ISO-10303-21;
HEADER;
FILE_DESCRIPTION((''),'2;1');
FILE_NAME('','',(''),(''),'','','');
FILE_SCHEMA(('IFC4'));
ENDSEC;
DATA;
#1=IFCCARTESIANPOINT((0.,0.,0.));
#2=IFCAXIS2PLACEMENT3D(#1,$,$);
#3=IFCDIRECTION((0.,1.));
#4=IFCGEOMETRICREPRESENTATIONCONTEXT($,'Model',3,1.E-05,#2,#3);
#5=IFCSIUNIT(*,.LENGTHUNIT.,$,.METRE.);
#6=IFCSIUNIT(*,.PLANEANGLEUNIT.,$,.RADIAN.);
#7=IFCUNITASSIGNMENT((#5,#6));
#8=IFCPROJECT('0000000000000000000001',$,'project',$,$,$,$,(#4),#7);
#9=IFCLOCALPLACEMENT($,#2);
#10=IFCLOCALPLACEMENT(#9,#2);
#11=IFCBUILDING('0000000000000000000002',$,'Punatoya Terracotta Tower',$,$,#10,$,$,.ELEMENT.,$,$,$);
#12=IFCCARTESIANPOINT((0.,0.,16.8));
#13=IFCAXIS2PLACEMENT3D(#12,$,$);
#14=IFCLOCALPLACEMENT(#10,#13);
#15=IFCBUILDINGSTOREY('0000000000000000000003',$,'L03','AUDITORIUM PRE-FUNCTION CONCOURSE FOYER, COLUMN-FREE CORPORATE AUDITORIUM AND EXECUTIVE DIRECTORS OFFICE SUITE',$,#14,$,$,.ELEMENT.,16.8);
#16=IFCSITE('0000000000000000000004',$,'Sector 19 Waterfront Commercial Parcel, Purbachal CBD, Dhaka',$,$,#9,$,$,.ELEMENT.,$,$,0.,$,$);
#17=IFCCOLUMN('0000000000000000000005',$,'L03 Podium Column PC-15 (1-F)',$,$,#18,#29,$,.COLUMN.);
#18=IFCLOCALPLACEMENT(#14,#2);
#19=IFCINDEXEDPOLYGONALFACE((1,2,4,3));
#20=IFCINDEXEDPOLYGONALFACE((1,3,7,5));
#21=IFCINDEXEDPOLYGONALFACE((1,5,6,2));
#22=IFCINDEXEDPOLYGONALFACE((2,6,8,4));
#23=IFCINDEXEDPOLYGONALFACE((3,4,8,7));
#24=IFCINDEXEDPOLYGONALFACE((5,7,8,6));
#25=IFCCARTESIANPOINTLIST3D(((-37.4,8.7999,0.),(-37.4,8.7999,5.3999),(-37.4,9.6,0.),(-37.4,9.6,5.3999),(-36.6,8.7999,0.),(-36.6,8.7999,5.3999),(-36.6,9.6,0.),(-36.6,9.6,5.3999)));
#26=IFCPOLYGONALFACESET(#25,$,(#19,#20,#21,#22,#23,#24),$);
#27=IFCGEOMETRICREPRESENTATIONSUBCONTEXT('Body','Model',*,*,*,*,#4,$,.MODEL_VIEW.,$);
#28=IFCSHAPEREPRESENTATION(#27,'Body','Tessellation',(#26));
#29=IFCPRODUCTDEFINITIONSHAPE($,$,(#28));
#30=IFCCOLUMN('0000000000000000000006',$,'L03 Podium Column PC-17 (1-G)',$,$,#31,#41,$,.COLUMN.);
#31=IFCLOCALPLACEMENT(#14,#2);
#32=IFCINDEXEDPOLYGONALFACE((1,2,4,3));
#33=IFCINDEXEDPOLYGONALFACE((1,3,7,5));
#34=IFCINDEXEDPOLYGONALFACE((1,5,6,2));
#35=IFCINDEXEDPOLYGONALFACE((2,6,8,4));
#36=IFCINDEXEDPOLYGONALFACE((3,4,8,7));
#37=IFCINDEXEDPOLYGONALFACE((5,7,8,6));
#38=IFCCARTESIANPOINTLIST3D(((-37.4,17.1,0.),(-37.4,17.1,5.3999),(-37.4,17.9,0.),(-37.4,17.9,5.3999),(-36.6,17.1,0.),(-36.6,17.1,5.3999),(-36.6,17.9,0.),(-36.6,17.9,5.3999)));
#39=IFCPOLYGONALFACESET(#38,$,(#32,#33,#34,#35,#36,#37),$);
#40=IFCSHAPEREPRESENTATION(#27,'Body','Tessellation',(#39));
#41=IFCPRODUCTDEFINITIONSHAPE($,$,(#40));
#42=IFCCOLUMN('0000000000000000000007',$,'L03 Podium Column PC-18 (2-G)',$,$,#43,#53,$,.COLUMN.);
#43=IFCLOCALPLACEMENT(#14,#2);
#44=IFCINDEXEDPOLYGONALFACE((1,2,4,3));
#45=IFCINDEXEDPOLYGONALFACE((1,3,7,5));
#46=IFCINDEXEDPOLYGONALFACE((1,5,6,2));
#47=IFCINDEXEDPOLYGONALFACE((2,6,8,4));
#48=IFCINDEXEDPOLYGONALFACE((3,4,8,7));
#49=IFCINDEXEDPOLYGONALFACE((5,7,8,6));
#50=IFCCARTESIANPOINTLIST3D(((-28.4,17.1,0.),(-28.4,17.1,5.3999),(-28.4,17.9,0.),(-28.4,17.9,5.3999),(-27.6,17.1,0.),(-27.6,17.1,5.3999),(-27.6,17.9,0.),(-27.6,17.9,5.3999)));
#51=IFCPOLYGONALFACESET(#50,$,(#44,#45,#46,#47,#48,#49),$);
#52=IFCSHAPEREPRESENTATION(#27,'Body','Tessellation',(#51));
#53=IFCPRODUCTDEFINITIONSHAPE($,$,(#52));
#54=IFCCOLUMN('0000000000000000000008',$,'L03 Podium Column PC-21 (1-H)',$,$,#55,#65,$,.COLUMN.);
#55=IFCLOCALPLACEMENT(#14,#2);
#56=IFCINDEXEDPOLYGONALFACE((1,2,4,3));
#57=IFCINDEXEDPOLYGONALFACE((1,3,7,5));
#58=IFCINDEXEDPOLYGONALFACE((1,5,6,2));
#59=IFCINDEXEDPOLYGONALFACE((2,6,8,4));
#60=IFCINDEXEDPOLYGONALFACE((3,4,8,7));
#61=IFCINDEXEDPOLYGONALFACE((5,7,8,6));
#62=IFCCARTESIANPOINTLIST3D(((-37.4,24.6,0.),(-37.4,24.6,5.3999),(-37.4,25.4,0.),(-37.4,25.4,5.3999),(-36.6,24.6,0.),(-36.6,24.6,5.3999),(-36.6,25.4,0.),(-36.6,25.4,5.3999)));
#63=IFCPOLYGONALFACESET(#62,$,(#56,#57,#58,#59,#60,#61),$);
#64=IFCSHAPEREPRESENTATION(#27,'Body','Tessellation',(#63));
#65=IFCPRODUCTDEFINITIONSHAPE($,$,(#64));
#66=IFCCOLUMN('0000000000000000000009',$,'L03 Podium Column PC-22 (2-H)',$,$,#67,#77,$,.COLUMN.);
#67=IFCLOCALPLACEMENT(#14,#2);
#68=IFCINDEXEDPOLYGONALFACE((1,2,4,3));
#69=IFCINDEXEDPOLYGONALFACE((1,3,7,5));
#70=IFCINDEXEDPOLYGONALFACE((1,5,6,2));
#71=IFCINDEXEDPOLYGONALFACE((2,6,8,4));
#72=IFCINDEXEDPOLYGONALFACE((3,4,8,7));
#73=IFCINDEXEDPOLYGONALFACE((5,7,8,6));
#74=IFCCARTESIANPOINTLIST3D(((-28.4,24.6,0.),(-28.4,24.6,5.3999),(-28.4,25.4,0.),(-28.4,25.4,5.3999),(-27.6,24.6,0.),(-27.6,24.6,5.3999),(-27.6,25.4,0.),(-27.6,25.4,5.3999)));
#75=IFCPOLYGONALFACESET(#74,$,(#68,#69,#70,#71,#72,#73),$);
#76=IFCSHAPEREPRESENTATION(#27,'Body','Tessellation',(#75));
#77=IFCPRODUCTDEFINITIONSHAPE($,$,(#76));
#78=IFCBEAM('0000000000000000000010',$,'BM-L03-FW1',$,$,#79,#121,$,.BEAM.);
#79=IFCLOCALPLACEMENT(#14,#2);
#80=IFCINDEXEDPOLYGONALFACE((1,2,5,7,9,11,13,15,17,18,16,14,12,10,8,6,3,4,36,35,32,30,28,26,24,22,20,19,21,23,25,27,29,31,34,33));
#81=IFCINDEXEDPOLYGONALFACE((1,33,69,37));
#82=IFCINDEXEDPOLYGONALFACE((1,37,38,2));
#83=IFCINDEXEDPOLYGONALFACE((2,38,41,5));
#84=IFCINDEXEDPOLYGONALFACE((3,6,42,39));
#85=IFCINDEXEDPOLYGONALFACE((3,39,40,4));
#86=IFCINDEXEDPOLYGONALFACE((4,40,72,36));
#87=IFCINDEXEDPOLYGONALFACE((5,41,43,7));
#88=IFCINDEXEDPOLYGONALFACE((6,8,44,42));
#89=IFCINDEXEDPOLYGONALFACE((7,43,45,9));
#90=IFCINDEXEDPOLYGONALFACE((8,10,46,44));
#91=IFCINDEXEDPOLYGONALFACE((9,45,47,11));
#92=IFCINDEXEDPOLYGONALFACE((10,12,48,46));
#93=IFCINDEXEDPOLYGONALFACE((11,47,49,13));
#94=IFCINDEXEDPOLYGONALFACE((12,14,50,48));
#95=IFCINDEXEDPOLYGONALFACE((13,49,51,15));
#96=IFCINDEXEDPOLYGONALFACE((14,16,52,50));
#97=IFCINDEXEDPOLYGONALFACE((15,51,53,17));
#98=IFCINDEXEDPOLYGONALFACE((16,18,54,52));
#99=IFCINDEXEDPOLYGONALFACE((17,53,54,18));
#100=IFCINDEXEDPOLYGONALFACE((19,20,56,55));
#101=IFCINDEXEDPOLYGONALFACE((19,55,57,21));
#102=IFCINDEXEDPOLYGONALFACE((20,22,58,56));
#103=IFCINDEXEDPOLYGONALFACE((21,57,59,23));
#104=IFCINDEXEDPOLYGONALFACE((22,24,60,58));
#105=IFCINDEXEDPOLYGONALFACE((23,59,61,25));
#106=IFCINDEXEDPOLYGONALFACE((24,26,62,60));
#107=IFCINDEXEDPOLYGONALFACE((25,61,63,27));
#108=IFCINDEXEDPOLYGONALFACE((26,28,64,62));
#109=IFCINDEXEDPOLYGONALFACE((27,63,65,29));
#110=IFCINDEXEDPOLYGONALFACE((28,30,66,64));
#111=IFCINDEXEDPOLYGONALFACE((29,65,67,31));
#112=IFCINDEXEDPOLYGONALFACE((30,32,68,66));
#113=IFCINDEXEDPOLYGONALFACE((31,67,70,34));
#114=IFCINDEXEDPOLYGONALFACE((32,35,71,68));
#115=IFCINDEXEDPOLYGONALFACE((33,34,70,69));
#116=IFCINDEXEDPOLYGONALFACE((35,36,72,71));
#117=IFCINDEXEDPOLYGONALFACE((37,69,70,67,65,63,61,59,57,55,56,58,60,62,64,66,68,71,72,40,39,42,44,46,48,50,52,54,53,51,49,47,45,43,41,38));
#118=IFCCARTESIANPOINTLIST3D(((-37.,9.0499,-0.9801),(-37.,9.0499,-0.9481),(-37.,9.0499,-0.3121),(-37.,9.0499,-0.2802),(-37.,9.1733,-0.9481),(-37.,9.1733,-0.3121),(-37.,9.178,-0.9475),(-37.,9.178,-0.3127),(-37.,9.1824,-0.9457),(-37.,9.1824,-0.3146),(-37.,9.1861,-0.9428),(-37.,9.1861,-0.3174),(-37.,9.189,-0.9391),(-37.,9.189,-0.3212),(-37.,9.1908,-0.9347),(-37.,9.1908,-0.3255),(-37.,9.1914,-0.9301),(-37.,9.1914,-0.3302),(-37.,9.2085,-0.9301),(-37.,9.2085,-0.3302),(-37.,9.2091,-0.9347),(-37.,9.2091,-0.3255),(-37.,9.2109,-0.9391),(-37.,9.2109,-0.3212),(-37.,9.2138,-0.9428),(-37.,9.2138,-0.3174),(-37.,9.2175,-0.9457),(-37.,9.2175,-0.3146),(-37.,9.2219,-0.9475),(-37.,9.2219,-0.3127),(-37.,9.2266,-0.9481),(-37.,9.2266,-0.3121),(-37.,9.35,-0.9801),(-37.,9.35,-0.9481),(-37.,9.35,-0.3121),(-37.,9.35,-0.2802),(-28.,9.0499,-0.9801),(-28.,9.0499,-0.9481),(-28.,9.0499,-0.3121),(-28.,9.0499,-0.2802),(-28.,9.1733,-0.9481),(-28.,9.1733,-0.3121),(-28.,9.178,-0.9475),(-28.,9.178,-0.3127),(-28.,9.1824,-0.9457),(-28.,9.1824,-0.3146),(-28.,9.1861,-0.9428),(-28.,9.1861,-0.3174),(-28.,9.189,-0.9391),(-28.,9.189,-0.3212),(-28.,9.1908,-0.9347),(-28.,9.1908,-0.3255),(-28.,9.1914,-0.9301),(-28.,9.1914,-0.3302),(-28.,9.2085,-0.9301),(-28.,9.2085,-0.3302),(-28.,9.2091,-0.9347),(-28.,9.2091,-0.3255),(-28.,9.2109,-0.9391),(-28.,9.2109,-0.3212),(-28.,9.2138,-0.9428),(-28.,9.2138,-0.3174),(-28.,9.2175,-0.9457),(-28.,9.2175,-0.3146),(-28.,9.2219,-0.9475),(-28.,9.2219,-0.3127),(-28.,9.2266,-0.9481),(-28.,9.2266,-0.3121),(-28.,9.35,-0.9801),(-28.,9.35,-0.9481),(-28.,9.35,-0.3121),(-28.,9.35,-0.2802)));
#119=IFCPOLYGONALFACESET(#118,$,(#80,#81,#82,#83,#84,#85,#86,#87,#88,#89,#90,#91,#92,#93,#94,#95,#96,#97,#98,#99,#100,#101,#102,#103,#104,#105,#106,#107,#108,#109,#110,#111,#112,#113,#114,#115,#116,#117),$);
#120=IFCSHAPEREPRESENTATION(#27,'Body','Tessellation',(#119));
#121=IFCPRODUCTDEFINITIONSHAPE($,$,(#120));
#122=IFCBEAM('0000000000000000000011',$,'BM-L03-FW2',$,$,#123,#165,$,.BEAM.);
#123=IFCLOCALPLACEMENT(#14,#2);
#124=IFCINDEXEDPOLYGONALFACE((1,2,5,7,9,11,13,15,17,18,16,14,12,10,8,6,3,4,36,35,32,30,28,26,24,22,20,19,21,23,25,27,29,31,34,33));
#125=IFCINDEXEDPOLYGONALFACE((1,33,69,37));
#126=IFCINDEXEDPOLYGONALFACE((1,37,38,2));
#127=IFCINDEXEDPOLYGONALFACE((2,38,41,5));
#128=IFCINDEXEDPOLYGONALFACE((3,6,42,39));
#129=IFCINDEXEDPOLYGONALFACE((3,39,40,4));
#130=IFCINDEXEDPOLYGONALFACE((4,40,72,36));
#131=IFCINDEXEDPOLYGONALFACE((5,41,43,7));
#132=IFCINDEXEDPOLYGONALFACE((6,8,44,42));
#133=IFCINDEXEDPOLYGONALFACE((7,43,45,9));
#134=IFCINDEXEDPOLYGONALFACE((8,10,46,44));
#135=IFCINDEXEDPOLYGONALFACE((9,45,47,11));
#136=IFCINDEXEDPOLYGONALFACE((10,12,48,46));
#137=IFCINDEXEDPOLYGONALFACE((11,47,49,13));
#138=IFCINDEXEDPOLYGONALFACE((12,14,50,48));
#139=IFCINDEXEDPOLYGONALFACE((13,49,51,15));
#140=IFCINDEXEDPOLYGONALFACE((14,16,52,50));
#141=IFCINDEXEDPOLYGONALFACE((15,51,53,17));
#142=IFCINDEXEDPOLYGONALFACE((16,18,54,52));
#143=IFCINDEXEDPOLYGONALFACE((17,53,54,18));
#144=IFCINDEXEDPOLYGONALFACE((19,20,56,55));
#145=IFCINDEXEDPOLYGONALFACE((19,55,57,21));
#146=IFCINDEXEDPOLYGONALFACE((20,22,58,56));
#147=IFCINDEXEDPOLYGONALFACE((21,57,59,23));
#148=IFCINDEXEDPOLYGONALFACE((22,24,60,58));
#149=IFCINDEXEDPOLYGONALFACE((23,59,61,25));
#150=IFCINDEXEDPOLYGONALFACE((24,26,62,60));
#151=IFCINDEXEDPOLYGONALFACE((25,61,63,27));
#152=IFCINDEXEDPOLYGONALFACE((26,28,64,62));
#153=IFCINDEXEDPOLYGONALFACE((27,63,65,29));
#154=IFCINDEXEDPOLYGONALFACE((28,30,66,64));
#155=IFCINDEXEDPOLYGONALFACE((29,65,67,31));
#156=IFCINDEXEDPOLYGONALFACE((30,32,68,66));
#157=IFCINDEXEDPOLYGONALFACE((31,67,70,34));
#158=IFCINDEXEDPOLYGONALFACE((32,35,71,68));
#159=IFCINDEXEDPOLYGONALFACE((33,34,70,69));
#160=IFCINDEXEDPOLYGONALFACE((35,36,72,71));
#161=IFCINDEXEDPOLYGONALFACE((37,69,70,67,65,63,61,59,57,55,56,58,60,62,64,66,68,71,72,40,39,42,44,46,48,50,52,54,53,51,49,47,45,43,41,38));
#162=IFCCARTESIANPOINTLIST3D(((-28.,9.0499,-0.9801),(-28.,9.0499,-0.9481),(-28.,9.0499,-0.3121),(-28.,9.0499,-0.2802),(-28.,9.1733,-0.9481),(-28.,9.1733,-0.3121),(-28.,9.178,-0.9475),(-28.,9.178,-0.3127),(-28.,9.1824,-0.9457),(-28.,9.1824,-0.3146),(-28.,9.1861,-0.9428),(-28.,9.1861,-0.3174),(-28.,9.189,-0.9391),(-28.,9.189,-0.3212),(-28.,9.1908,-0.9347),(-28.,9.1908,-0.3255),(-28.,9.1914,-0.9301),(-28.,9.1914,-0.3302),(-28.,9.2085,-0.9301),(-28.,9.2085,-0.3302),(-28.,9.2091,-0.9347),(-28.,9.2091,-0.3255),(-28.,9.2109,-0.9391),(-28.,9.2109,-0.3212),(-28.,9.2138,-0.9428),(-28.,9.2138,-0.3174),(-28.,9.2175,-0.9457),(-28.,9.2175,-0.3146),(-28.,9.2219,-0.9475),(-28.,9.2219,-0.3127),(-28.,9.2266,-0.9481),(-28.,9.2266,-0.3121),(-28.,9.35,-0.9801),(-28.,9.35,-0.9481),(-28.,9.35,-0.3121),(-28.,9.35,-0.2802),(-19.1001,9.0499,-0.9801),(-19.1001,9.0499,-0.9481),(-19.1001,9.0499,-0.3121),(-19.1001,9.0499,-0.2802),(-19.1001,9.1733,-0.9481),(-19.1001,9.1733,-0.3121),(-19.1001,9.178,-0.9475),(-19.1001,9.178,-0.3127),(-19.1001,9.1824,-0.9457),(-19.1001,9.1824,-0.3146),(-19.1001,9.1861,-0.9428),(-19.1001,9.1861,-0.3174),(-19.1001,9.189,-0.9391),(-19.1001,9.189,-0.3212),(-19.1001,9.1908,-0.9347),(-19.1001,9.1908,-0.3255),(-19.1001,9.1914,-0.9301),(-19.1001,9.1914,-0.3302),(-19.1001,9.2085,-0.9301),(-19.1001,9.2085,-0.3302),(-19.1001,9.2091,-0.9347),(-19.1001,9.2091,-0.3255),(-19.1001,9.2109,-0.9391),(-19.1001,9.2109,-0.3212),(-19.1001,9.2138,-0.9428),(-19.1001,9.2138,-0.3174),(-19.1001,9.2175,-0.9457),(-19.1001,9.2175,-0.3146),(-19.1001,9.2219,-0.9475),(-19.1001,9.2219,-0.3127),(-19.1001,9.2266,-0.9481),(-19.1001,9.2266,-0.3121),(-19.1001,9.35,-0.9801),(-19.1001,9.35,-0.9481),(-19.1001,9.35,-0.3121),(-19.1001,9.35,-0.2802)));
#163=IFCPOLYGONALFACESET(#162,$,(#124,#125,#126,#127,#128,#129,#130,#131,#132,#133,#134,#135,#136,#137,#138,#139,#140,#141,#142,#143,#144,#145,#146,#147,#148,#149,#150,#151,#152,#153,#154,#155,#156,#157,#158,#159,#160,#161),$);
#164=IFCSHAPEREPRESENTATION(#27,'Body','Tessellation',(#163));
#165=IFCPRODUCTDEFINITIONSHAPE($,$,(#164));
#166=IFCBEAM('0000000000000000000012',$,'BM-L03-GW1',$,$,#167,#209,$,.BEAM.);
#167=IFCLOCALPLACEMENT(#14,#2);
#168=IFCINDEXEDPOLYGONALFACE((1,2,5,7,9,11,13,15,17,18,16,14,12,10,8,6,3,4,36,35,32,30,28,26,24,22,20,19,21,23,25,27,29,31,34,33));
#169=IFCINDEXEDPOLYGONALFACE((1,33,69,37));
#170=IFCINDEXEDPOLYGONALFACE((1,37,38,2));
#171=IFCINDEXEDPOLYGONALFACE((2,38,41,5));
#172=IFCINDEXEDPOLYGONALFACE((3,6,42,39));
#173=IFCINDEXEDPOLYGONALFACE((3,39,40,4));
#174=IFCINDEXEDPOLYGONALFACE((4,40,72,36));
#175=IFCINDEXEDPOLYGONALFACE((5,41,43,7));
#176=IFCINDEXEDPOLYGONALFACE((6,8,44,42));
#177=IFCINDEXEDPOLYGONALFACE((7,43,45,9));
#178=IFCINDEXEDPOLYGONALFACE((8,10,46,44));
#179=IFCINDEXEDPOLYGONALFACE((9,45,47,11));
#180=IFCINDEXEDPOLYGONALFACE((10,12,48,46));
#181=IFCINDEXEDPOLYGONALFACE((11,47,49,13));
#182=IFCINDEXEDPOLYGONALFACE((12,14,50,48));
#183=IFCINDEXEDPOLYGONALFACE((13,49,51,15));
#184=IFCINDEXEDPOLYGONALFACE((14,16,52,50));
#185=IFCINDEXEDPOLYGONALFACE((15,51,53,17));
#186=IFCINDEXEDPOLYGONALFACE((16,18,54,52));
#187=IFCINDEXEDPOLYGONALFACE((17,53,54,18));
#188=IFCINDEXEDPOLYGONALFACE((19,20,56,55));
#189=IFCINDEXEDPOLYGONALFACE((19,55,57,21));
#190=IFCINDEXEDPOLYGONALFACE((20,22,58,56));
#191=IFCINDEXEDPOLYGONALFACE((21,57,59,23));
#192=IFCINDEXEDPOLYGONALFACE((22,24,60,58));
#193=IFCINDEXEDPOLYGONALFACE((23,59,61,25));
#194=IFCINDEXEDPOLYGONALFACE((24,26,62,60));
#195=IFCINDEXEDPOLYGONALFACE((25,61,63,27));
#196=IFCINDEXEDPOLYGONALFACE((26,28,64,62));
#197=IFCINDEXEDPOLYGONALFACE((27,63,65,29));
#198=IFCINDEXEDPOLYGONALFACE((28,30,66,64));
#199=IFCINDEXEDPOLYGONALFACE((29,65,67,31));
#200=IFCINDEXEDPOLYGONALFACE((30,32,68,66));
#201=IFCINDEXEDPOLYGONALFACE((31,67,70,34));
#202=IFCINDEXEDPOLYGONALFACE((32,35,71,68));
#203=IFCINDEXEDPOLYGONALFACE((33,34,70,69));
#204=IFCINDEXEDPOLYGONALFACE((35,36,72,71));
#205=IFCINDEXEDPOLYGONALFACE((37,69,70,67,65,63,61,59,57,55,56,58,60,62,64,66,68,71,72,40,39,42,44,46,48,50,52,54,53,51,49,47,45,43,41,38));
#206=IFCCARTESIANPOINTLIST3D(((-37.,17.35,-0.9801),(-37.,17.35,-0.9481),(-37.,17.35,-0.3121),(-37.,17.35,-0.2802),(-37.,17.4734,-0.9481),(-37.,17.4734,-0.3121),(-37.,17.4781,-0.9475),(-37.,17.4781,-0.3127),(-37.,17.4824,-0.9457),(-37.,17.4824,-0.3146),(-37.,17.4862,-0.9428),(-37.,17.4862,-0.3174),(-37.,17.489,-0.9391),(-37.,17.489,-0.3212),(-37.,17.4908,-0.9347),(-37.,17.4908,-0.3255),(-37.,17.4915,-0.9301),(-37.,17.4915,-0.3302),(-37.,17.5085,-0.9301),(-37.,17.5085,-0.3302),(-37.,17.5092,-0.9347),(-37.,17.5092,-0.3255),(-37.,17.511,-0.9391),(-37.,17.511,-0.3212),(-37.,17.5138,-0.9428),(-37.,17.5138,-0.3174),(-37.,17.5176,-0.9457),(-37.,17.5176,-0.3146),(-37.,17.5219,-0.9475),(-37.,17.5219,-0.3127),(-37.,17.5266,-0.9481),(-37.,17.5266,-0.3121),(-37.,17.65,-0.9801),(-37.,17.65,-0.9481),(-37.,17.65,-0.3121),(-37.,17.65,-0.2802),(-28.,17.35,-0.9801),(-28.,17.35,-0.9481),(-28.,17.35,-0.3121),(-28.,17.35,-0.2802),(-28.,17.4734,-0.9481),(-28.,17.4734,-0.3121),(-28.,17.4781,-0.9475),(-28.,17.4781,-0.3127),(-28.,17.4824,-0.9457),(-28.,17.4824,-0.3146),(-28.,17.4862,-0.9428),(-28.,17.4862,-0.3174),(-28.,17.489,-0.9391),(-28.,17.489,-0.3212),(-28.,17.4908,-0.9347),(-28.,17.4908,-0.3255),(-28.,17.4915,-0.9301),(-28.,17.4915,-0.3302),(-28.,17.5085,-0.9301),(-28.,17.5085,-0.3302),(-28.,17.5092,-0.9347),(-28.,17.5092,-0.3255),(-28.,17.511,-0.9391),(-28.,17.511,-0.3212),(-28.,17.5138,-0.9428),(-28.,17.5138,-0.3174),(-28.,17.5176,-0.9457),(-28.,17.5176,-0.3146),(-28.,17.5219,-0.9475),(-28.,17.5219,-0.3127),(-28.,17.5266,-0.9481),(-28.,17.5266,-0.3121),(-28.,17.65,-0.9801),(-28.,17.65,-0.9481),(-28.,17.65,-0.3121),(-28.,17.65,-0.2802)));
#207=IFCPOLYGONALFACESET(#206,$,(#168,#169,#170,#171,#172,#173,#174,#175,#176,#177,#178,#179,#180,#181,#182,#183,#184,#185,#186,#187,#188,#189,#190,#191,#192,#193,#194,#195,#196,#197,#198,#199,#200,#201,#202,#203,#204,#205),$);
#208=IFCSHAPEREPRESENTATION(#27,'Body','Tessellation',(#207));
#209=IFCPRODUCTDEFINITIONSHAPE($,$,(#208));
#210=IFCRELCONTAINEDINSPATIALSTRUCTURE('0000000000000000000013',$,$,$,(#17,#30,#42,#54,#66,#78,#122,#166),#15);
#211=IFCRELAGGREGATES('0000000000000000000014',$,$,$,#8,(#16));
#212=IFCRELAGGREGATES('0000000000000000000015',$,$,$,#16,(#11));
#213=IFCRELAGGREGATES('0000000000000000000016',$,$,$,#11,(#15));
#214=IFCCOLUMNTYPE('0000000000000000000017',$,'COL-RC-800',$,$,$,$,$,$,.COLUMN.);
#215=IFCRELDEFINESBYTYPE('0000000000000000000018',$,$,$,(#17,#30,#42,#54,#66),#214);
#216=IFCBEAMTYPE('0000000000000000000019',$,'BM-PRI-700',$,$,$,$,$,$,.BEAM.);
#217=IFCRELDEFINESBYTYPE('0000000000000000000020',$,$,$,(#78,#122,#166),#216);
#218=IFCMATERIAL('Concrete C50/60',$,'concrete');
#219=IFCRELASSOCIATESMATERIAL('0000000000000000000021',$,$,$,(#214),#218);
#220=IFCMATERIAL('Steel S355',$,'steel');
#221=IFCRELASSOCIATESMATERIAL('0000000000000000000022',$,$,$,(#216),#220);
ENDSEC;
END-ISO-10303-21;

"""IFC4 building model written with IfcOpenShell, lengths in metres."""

from ifc_helpers import new_model, si_unit, direction, frame, origin, origin_2d, place, context, subcontext, project, spatial, rectangle, i_section, extrude, material, material_profile, profile_set, type_object, element, save


model = new_model("IFC4")

# Units and contexts
model_context = context("Model", 3, precision=1e-05, world=origin(), true_north=direction((0.0, 1.0)))
body_context = subcontext(model_context, "Body", "Model", "MODEL_VIEW")
ifc_project = project(units=[si_unit("LENGTHUNIT", "METRE"), si_unit("PLANEANGLEUNIT", "RADIAN")], contexts=[model_context])

# Site, building, storey
site_placement = place(None, origin())
site = spatial("IfcSite", under=ifc_project, at=site_placement, Name="Sector 19 Waterfront Commercial Parcel, Purbachal CBD, Dhaka", CompositionType="ELEMENT", RefElevation=0.0)
building_placement = place(site_placement, origin())
building = spatial("IfcBuilding", under=site, at=building_placement, Name="Punatoya Terracotta Tower", CompositionType="ELEMENT")
storey_placement = place(building_placement, frame((0.0, 0.0, 16.8)))
storey = spatial("IfcBuildingStorey", under=building, at=storey_placement, Name="L03", Description="AUDITORIUM PRE-FUNCTION CONCOURSE FOYER, COLUMN-FREE CORPORATE AUDITORIUM AND EXECUTIVE DIRECTORS OFFICE SUITE", CompositionType="ELEMENT", Elevation=16.8)

# Columns
ifc_material_1 = material(Name="Concrete C50/60", Category="concrete")
ifc_material_profile_1 = material_profile(ifc_material_1, rectangle(XDim=0.8, YDim=0.8, at=origin_2d()))
ifc_profile_set_1 = profile_set([ifc_material_profile_1], Name="Concrete C50/60")
column_type = type_object("IfcColumnType", Name="COL-RC-800", PredefinedType="COLUMN", material=ifc_profile_set_1)
for number, where, z_axis, x_axis, name in (
    (1, (-37.0, 9.2, 0.0), (0.0, 0.0, 1.0), (1.0, 0.0, 0.0), "L03 Podium Column PC-15 (1-F)"),
    (2, (-37.0, 17.5, 0.0), (0.0, 0.0, 1.0), (1.0, 0.0, 0.0), "L03 Podium Column PC-17 (1-G)"),
    (3, (-28.0, 17.5, 0.0), (0.0, 0.0, 1.0), (1.0, 0.0, 0.0), "L03 Podium Column PC-18 (2-G)"),
    (4, (-37.0, 25.0, 0.0), (0.0, 0.0, 1.0), (1.0, 0.0, 0.0), "L03 Podium Column PC-21 (1-H)"),
    (5, (-28.0, 25.0, 0.0), (0.0, 0.0, 1.0), (1.0, 0.0, 0.0), "L03 Podium Column PC-22 (2-H)"),
):
    element("IfcColumn", number, at=place(storey_placement, frame(where, z_axis=z_axis, x_axis=x_axis)), inside=storey, type_object=column_type, Name=name, PredefinedType="COLUMN", context=body_context, shape_type="SweptSolid", body=[
        extrude(rectangle(XDim=0.8, YDim=0.8, at=origin_2d()), origin(), (0.0, 0.0, 1.0), 5.3999),
    ])

# Beams
ifc_material_2 = material(Name="Steel S355", Category="steel")
ifc_material_profile_2 = material_profile(ifc_material_2, i_section(OverallWidth=0.3, OverallDepth=0.7, WebThickness=0.0171, FlangeThickness=0.032, FilletRadius=0.0181, at=origin_2d()))
ifc_profile_set_2 = profile_set([ifc_material_profile_2], Name="Steel S355")
beam_type_1 = type_object("IfcBeamType", Name="BM-PRI-700", PredefinedType="BEAM", material=ifc_profile_set_2)
beam_1_placement = place(storey_placement, frame((-37.0, 9.2, -0.6301), z_axis=(1.0, 0.0, 0.0), x_axis=(0.0, 1.0, 0.0)))
element("IfcBeam", 6, at=beam_1_placement, inside=storey, type_object=beam_type_1, Name="BM-L03-FW1", PredefinedType="BEAM", context=body_context, shape_type="SweptSolid", body=[
    extrude(i_section(OverallWidth=0.3, OverallDepth=0.7, WebThickness=0.0171, FlangeThickness=0.032, FilletRadius=0.0181, at=origin_2d()), origin(), (0.0, 0.0, 1.0), 9.0),
])
beam_2_placement = place(storey_placement, frame((-28.0, 9.2, -0.6301), z_axis=(1.0, 0.0, 0.0), x_axis=(0.0, 1.0, 0.0)))
element("IfcBeam", 7, at=beam_2_placement, inside=storey, type_object=beam_type_1, Name="BM-L03-FW2", PredefinedType="BEAM", context=body_context, shape_type="SweptSolid", body=[
    extrude(i_section(OverallWidth=0.3, OverallDepth=0.7, WebThickness=0.0171, FlangeThickness=0.032, FilletRadius=0.0181, at=origin_2d()), origin(), (0.0, 0.0, 1.0), 8.8999),
])
beam_3_placement = place(storey_placement, frame((-37.0, 17.5, -0.6301), z_axis=(1.0, 0.0, 0.0), x_axis=(0.0, 1.0, 0.0)))
element("IfcBeam", 8, at=beam_3_placement, inside=storey, type_object=beam_type_1, Name="BM-L03-GW1", PredefinedType="BEAM", context=body_context, shape_type="SweptSolid", body=[
    extrude(i_section(OverallWidth=0.3, OverallDepth=0.7, WebThickness=0.0171, FlangeThickness=0.032, FilletRadius=0.0181, at=origin_2d()), origin(), (0.0, 0.0, 1.0), 9.0),
])

save(model, "model.ifc")
